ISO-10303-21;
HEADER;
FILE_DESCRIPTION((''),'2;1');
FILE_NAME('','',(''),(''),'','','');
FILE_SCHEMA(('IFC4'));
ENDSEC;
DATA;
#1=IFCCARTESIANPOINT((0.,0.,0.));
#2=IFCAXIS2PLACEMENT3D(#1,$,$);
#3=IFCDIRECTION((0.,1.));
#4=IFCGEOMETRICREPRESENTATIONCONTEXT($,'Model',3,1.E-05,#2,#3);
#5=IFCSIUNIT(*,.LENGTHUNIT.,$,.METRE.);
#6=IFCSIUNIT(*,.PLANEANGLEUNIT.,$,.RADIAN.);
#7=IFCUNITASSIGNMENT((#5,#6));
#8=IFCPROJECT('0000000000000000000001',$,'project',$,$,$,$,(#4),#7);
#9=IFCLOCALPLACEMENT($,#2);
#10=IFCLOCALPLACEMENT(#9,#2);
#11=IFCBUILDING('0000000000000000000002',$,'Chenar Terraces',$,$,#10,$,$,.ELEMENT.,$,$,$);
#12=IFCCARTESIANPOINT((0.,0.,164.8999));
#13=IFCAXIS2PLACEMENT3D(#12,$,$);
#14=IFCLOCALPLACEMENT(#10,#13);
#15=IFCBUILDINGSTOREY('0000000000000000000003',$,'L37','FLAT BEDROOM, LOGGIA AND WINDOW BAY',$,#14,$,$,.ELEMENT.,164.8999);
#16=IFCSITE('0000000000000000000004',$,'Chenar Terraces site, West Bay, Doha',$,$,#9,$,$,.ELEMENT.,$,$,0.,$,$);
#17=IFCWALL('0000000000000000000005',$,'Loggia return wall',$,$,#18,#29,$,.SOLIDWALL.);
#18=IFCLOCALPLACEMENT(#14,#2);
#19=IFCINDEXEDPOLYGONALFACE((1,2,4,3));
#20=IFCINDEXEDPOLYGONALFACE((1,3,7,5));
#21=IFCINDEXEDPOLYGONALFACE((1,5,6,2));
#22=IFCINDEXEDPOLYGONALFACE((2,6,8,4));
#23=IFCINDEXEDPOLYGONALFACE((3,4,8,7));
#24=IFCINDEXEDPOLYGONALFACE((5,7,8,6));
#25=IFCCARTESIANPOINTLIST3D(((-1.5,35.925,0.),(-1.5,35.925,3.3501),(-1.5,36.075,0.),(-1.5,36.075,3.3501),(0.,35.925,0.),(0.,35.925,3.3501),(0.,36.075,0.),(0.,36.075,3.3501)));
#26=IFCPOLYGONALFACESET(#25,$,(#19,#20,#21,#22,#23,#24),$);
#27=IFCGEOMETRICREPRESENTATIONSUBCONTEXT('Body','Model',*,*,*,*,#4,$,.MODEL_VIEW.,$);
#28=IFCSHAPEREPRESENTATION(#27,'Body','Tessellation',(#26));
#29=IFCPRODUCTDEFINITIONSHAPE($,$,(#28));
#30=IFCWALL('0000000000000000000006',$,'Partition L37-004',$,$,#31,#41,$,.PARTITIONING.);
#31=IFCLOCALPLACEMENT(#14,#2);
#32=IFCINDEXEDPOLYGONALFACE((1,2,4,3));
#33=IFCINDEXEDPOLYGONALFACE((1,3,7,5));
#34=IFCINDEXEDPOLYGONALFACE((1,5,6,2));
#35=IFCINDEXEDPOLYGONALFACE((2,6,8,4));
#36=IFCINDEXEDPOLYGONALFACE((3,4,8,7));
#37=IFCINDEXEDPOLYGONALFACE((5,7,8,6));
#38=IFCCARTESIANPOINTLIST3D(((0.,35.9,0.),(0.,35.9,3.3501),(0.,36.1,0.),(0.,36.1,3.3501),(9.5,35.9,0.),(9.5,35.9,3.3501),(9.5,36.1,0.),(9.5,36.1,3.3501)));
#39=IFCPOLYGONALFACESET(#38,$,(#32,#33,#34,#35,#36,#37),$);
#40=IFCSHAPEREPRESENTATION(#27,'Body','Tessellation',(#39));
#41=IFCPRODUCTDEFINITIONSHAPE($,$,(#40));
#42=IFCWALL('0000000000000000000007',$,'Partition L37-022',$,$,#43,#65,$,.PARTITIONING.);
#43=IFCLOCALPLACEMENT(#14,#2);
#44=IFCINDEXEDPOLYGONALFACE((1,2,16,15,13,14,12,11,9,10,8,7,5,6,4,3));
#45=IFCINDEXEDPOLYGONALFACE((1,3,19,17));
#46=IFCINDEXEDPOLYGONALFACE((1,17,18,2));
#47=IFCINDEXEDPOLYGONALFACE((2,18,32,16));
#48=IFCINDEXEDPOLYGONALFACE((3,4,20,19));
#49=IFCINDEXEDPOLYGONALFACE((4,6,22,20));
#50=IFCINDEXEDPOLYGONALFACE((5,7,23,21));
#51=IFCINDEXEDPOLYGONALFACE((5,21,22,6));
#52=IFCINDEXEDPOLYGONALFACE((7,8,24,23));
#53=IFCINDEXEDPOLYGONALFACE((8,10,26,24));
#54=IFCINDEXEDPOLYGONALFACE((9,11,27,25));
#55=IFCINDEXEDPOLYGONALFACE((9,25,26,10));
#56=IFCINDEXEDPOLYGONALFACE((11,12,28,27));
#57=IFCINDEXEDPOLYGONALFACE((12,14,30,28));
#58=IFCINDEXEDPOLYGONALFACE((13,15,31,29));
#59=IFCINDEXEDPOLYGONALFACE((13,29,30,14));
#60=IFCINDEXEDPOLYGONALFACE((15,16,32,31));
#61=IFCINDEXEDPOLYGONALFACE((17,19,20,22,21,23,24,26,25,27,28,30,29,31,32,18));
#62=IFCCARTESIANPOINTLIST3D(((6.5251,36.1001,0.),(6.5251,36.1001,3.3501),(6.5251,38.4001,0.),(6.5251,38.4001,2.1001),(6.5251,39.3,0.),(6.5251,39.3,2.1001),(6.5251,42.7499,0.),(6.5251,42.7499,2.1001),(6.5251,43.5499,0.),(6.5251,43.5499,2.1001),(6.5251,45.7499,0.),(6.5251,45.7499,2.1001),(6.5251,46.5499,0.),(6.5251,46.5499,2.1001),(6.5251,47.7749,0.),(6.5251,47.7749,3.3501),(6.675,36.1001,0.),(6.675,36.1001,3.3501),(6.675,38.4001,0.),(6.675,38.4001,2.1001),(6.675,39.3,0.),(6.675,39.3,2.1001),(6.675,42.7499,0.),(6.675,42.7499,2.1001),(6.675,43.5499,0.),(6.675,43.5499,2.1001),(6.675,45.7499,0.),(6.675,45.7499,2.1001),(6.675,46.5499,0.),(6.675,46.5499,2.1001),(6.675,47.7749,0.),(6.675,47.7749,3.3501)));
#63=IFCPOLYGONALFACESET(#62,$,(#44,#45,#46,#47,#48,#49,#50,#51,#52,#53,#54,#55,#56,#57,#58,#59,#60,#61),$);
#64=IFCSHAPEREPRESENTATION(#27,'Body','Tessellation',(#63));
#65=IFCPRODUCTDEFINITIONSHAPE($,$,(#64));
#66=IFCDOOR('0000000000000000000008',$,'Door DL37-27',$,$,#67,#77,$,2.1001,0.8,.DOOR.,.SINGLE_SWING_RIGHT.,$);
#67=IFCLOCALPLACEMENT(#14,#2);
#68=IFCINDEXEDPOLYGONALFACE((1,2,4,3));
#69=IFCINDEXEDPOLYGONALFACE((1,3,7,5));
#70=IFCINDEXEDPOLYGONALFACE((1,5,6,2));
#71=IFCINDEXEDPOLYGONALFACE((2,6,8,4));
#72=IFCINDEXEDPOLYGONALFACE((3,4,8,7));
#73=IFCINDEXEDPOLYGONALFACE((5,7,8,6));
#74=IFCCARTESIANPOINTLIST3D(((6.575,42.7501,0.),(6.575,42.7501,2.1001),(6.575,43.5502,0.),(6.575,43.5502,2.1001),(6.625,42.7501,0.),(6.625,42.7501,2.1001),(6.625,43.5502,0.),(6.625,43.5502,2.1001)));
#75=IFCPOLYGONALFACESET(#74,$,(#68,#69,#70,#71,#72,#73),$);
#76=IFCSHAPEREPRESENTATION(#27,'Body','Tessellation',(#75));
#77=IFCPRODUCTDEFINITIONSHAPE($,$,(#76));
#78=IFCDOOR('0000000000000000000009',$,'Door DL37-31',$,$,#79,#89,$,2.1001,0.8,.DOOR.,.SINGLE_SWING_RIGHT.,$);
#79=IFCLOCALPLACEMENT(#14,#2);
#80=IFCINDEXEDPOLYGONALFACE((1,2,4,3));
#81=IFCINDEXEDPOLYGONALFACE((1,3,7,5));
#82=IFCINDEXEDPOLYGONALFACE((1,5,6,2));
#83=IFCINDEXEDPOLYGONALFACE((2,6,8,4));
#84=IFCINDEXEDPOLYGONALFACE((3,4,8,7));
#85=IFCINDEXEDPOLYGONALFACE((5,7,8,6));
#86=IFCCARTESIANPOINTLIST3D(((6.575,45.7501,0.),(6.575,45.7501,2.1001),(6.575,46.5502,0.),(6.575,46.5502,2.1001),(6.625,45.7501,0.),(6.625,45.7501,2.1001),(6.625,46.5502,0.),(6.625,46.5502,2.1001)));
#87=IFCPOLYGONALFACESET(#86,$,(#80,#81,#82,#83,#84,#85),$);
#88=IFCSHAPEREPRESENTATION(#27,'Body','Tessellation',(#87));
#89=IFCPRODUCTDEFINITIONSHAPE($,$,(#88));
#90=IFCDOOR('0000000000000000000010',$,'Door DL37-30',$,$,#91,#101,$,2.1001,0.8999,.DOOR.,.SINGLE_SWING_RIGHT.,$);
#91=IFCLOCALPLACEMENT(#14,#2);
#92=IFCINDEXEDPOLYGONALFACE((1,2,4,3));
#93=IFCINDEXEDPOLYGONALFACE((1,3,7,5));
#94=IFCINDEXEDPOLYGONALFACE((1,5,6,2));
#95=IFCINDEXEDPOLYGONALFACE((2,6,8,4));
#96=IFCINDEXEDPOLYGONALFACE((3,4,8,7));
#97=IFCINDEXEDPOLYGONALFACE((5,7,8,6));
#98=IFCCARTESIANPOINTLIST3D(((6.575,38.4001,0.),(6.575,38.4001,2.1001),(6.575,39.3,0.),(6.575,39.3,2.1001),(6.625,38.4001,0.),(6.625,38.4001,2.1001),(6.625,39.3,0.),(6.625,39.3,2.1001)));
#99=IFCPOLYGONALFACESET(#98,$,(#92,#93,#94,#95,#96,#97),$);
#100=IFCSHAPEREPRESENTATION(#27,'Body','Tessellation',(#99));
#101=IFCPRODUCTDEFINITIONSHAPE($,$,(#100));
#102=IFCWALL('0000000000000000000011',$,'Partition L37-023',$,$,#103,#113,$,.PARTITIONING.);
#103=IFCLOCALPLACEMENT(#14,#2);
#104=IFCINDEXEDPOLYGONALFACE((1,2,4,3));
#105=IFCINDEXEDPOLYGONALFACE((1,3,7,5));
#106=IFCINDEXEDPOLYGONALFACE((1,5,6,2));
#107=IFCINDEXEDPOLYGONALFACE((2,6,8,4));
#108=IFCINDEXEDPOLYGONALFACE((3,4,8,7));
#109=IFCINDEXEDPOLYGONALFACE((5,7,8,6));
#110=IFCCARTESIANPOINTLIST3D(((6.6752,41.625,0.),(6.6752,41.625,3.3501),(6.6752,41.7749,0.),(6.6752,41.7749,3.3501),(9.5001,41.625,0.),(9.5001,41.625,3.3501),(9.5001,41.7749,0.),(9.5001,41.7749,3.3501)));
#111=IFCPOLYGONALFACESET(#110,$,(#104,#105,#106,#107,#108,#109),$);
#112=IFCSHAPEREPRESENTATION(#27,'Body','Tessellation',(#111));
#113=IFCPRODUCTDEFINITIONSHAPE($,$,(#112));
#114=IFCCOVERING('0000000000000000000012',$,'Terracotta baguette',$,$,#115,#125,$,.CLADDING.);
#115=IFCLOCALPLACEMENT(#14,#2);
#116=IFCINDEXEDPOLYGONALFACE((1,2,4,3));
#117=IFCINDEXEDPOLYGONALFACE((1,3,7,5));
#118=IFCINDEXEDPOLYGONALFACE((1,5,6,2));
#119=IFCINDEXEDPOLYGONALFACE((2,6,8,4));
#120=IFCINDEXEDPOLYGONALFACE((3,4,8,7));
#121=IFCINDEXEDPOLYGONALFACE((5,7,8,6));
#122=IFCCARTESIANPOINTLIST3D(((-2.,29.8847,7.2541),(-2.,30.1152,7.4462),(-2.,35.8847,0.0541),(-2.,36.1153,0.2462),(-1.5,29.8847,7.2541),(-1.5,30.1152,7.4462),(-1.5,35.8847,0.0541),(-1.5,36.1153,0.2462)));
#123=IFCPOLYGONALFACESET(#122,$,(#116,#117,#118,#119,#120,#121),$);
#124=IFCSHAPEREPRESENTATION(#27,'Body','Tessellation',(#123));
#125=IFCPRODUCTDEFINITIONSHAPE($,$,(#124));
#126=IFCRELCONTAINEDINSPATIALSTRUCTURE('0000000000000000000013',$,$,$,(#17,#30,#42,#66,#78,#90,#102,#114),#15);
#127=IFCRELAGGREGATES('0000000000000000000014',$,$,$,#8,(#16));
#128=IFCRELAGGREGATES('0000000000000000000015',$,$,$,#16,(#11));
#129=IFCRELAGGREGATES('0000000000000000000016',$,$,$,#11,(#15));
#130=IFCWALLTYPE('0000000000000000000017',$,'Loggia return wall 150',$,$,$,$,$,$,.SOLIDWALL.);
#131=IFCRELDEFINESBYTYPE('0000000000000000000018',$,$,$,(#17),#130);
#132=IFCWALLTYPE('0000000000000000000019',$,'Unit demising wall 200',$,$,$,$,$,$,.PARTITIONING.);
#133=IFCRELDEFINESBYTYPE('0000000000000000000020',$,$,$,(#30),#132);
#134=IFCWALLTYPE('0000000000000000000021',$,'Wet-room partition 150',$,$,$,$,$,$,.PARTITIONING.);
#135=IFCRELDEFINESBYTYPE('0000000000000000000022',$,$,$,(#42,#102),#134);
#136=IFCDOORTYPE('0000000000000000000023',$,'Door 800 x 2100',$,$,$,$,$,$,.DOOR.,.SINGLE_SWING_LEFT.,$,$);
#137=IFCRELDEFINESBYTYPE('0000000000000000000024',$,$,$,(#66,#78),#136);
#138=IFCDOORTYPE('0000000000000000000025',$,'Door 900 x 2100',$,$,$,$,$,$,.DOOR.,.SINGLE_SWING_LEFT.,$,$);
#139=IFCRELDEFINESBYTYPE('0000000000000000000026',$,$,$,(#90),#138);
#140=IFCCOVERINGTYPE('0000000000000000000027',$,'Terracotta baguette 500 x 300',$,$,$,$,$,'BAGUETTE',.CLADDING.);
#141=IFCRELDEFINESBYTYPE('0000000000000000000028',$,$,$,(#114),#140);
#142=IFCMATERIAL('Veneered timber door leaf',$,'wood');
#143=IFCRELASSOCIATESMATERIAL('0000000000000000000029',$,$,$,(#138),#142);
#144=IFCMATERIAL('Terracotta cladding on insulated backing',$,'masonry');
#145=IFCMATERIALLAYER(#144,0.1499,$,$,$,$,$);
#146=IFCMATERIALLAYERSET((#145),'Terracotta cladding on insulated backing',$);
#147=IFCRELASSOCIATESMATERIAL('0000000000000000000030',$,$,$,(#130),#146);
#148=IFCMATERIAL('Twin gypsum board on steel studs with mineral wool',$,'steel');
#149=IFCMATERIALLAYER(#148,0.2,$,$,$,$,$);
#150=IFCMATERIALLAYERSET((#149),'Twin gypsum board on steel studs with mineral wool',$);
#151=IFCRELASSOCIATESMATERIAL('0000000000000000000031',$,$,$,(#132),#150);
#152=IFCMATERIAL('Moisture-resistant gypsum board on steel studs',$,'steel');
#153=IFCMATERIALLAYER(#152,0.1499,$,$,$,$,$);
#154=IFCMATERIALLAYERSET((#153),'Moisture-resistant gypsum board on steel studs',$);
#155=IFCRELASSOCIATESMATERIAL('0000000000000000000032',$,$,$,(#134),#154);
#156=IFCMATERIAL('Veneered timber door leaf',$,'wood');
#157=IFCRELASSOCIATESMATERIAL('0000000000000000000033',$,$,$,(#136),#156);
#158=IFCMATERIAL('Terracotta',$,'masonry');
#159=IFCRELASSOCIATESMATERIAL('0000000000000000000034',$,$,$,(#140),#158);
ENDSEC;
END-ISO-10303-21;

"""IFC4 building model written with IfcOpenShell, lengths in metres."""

from ifc_helpers import new_model, si_unit, direction, frame, frame_2d, origin, origin_2d, place, context, subcontext, project, spatial, rectangle, extrude, material, layer, layer_set, material_profile, profile_set, type_object, element, fill, save


model = new_model("IFC4")

# Units and contexts
model_context = context("Model", 3, precision=1e-05, world=origin(), true_north=direction((0.0, 1.0)))
body_context = subcontext(model_context, "Body", "Model", "MODEL_VIEW")
ifc_project = project(units=[si_unit("LENGTHUNIT", "METRE"), si_unit("PLANEANGLEUNIT", "RADIAN")], contexts=[model_context])

# Site, building, storey
site_placement = place(None, origin())
site = spatial("IfcSite", under=ifc_project, at=site_placement, Name="Chenar Terraces site, West Bay, Doha", CompositionType="ELEMENT", RefElevation=0.0)
building_placement = place(site_placement, origin())
building = spatial("IfcBuilding", under=site, at=building_placement, Name="Chenar Terraces", CompositionType="ELEMENT")
storey_placement = place(building_placement, frame((0.0, 0.0, 164.8999)))
storey = spatial("IfcBuildingStorey", under=building, at=storey_placement, Name="L37", Description="FLAT BEDROOM, LOGGIA AND WINDOW BAY", CompositionType="ELEMENT", Elevation=164.8999)

# Shared definitions
placement = place(storey_placement, frame((0.0, 36.0, 0.0), z_axis=(0.0, 0.0, 1.0), x_axis=(1.0, 0.0, 0.0)))

# Shared definitions
ifc_material_1 = material(Name="Veneered timber door leaf", Category="wood")
door_type_1 = type_object("IfcDoorType", Name="Door 900 x 2100", OperationType="SINGLE_SWING_LEFT", PredefinedType="DOOR", material=ifc_material_1)

# Walls
ifc_material_2 = material(Name="Terracotta cladding on insulated backing", Category="masonry")
ifc_layer_1 = layer(ifc_material_2, 0.1499)
ifc_layer_set_1 = layer_set([ifc_layer_1], Name="Terracotta cladding on insulated backing")
wall_type_1 = type_object("IfcWallType", Name="Loggia return wall 150", PredefinedType="SOLIDWALL", material=ifc_layer_set_1)
wall_1_placement = place(storey_placement, frame((-1.5, 36.0, 0.0), z_axis=(0.0, 0.0, 1.0), x_axis=(1.0, 0.0, 0.0)))
element("IfcWall", 1, at=wall_1_placement, inside=storey, type_object=wall_type_1, Name="Loggia return wall", PredefinedType="SOLIDWALL", context=body_context, shape_type="SweptSolid", body=[
    extrude(rectangle(XDim=1.5, YDim=0.1499, at=frame_2d((0.75, 0.0))), origin(), (0.0, 0.0, 1.0), 3.3501),
])
ifc_material_3 = material(Name="Twin gypsum board on steel studs with mineral wool", Category="steel")
ifc_layer_2 = layer(ifc_material_3, 0.2)
ifc_layer_set_2 = layer_set([ifc_layer_2], Name="Twin gypsum board on steel studs with mineral wool")
wall_type_2 = type_object("IfcWallType", Name="Unit demising wall 200", PredefinedType="PARTITIONING", material=ifc_layer_set_2)
element("IfcWall", 2, at=placement, inside=storey, type_object=wall_type_2, Name="Partition L37-004", PredefinedType="PARTITIONING", context=body_context, shape_type="SweptSolid", body=[
    extrude(rectangle(XDim=9.5, YDim=0.2, at=frame_2d((4.75, 0.0))), origin(), (0.0, 0.0, 1.0), 3.3501),
])

# Wall, openings, doors
ifc_material_4 = material(Name="Moisture-resistant gypsum board on steel studs", Category="steel")
ifc_layer_3 = layer(ifc_material_4, 0.1499)
ifc_layer_set_3 = layer_set([ifc_layer_3], Name="Moisture-resistant gypsum board on steel studs")
wall_type_3 = type_object("IfcWallType", Name="Wet-room partition 150", PredefinedType="PARTITIONING", material=ifc_layer_set_3)
wall_2_placement = place(storey_placement, frame((6.6001, 36.1001, 0.0), z_axis=(0.0, 0.0, 1.0), x_axis=(0.0, 1.0, 0.0)))
wall_2 = element("IfcWall", 3, at=wall_2_placement, inside=storey, type_object=wall_type_3, Name="Partition L37-022", PredefinedType="PARTITIONING", context=body_context, shape_type="SweptSolid", body=[
    extrude(rectangle(XDim=11.6748, YDim=0.1499, at=frame_2d((5.8374, 0.0))), origin(), (0.0, 0.0, 1.0), 3.3501),
])
opening_1_placement = place(wall_2_placement, frame((6.6499, 0.0, 0.0)))
opening_1 = element("IfcOpeningElement", 4, at=opening_1_placement, cuts=wall_2, PredefinedType="OPENING", context=body_context, shape_type="SweptSolid", body=[
    extrude(rectangle(XDim=0.8, YDim=2.1001, at=frame_2d((0.3999, 1.05))), frame((0.0, 0.085, 0.0), z_axis=(0.0, -1.0, 0.0), x_axis=(1.0, 0.0, 0.0)), (0.0, 0.0, 1.0), 0.1699),
])
opening_2_placement = place(wall_2_placement, frame((2.3, 0.0, 0.0)))
opening_2 = element("IfcOpeningElement", 5, at=opening_2_placement, cuts=wall_2, PredefinedType="OPENING", context=body_context, shape_type="SweptSolid", body=[
    extrude(rectangle(XDim=0.8999, YDim=2.1001, at=frame_2d((0.45, 1.05))), frame((0.0, 0.085, 0.0), z_axis=(0.0, -1.0, 0.0), x_axis=(1.0, 0.0, 0.0)), (0.0, 0.0, 1.0), 0.1699),
])
opening_3_placement = place(wall_2_placement, frame((9.6499, 0.0, 0.0)))
opening_3 = element("IfcOpeningElement", 6, at=opening_3_placement, cuts=wall_2, PredefinedType="OPENING", context=body_context, shape_type="SweptSolid", body=[
    extrude(rectangle(XDim=0.8, YDim=2.1001, at=frame_2d((0.3999, 1.05))), frame((0.0, 0.085, 0.0), z_axis=(0.0, -1.0, 0.0), x_axis=(1.0, 0.0, 0.0)), (0.0, 0.0, 1.0), 0.1699),
])
ifc_material_5 = material(Name="Veneered timber door leaf", Category="wood")
door_type_2 = type_object("IfcDoorType", Name="Door 800 x 2100", OperationType="SINGLE_SWING_LEFT", PredefinedType="DOOR", material=ifc_material_5)
door_1_placement = place(opening_1_placement, frame((0.8, 0.0, 0.0), z_axis=(0.0, 0.0, 1.0), x_axis=(-1.0, 0.0, 0.0)))
door_1 = element("IfcDoor", 7, at=door_1_placement, inside=storey, type_object=door_type_2, Name="Door DL37-27", OperationType="SINGLE_SWING_RIGHT", OverallHeight=2.1001, OverallWidth=0.8, PredefinedType="DOOR", context=body_context, shape_type="SweptSolid", body=[
    extrude(rectangle(XDim=0.8, YDim=2.1001, at=frame_2d((0.3999, 1.05))), frame((0.0, 0.0249, 0.0), z_axis=(0.0, -1.0, 0.0), x_axis=(1.0, 0.0, 0.0)), (0.0, 0.0, 1.0), 0.05),
])
fill(opening_1, door_1)
door_2_placement = place(opening_3_placement, frame((0.8, 0.0, 0.0), z_axis=(0.0, 0.0, 1.0), x_axis=(-1.0, 0.0, 0.0)))
door_2 = element("IfcDoor", 8, at=door_2_placement, inside=storey, type_object=door_type_2, Name="Door DL37-31", OperationType="SINGLE_SWING_RIGHT", OverallHeight=2.1001, OverallWidth=0.8, PredefinedType="DOOR", context=body_context, shape_type="SweptSolid", body=[
    extrude(rectangle(XDim=0.8, YDim=2.1001, at=frame_2d((0.3999, 1.05))), frame((0.0, 0.0249, 0.0), z_axis=(0.0, -1.0, 0.0), x_axis=(1.0, 0.0, 0.0)), (0.0, 0.0, 1.0), 0.05),
])
fill(opening_3, door_2)
door_3_placement = place(opening_2_placement, frame((0.8999, 0.0, 0.0), z_axis=(0.0, 0.0, 1.0), x_axis=(-1.0, 0.0, 0.0)))
door_3 = element("IfcDoor", 9, at=door_3_placement, inside=storey, type_object=door_type_1, Name="Door DL37-30", OperationType="SINGLE_SWING_RIGHT", OverallHeight=2.1001, OverallWidth=0.8999, PredefinedType="DOOR", context=body_context, shape_type="SweptSolid", body=[
    extrude(rectangle(XDim=0.8999, YDim=2.1001, at=frame_2d((0.45, 1.05))), frame((0.0, 0.0249, 0.0), z_axis=(0.0, -1.0, 0.0), x_axis=(1.0, 0.0, 0.0)), (0.0, 0.0, 1.0), 0.05),
])
fill(opening_2, door_3)

# Wall
wall_3_placement = place(storey_placement, frame((6.675, 41.7, 0.0), z_axis=(0.0, 0.0, 1.0), x_axis=(1.0, 0.0, 0.0)))
element("IfcWall", 10, at=wall_3_placement, inside=storey, type_object=wall_type_3, Name="Partition L37-023", PredefinedType="PARTITIONING", context=body_context, shape_type="SweptSolid", body=[
    extrude(rectangle(XDim=2.825, YDim=0.1499, at=frame_2d((1.4126, 0.0))), origin(), (0.0, 0.0, 1.0), 3.3501),
])

# Covering
ifc_material_6 = material(Name="Terracotta", Category="masonry")
ifc_material_profile_1 = material_profile(ifc_material_6, rectangle(XDim=0.5, YDim=0.3, at=origin_2d()), Name="Terracotta baguette 500 x 300")
ifc_profile_set_1 = profile_set([ifc_material_profile_1], Name="Terracotta")
covering_type = type_object("IfcCoveringType", Name="Terracotta baguette 500 x 300", ElementType="BAGUETTE", PredefinedType="CLADDING", material=ifc_profile_set_1)
covering_placement = place(storey_placement, frame((-1.75, 36.0, 0.1501), z_axis=(0.0, -0.640187, 0.768219), x_axis=(1.0, 0.0, 0.0)))
element("IfcCovering", 11, at=covering_placement, inside=storey, type_object=covering_type, Name="Terracotta baguette", PredefinedType="CLADDING", context=body_context, shape_type="SweptSolid", body=[
    extrude(rectangle(XDim=0.5, YDim=0.3, at=origin_2d()), origin(), (0.0, 0.0, 1.0), 9.3723),
])

save(model, "model.ifc")
